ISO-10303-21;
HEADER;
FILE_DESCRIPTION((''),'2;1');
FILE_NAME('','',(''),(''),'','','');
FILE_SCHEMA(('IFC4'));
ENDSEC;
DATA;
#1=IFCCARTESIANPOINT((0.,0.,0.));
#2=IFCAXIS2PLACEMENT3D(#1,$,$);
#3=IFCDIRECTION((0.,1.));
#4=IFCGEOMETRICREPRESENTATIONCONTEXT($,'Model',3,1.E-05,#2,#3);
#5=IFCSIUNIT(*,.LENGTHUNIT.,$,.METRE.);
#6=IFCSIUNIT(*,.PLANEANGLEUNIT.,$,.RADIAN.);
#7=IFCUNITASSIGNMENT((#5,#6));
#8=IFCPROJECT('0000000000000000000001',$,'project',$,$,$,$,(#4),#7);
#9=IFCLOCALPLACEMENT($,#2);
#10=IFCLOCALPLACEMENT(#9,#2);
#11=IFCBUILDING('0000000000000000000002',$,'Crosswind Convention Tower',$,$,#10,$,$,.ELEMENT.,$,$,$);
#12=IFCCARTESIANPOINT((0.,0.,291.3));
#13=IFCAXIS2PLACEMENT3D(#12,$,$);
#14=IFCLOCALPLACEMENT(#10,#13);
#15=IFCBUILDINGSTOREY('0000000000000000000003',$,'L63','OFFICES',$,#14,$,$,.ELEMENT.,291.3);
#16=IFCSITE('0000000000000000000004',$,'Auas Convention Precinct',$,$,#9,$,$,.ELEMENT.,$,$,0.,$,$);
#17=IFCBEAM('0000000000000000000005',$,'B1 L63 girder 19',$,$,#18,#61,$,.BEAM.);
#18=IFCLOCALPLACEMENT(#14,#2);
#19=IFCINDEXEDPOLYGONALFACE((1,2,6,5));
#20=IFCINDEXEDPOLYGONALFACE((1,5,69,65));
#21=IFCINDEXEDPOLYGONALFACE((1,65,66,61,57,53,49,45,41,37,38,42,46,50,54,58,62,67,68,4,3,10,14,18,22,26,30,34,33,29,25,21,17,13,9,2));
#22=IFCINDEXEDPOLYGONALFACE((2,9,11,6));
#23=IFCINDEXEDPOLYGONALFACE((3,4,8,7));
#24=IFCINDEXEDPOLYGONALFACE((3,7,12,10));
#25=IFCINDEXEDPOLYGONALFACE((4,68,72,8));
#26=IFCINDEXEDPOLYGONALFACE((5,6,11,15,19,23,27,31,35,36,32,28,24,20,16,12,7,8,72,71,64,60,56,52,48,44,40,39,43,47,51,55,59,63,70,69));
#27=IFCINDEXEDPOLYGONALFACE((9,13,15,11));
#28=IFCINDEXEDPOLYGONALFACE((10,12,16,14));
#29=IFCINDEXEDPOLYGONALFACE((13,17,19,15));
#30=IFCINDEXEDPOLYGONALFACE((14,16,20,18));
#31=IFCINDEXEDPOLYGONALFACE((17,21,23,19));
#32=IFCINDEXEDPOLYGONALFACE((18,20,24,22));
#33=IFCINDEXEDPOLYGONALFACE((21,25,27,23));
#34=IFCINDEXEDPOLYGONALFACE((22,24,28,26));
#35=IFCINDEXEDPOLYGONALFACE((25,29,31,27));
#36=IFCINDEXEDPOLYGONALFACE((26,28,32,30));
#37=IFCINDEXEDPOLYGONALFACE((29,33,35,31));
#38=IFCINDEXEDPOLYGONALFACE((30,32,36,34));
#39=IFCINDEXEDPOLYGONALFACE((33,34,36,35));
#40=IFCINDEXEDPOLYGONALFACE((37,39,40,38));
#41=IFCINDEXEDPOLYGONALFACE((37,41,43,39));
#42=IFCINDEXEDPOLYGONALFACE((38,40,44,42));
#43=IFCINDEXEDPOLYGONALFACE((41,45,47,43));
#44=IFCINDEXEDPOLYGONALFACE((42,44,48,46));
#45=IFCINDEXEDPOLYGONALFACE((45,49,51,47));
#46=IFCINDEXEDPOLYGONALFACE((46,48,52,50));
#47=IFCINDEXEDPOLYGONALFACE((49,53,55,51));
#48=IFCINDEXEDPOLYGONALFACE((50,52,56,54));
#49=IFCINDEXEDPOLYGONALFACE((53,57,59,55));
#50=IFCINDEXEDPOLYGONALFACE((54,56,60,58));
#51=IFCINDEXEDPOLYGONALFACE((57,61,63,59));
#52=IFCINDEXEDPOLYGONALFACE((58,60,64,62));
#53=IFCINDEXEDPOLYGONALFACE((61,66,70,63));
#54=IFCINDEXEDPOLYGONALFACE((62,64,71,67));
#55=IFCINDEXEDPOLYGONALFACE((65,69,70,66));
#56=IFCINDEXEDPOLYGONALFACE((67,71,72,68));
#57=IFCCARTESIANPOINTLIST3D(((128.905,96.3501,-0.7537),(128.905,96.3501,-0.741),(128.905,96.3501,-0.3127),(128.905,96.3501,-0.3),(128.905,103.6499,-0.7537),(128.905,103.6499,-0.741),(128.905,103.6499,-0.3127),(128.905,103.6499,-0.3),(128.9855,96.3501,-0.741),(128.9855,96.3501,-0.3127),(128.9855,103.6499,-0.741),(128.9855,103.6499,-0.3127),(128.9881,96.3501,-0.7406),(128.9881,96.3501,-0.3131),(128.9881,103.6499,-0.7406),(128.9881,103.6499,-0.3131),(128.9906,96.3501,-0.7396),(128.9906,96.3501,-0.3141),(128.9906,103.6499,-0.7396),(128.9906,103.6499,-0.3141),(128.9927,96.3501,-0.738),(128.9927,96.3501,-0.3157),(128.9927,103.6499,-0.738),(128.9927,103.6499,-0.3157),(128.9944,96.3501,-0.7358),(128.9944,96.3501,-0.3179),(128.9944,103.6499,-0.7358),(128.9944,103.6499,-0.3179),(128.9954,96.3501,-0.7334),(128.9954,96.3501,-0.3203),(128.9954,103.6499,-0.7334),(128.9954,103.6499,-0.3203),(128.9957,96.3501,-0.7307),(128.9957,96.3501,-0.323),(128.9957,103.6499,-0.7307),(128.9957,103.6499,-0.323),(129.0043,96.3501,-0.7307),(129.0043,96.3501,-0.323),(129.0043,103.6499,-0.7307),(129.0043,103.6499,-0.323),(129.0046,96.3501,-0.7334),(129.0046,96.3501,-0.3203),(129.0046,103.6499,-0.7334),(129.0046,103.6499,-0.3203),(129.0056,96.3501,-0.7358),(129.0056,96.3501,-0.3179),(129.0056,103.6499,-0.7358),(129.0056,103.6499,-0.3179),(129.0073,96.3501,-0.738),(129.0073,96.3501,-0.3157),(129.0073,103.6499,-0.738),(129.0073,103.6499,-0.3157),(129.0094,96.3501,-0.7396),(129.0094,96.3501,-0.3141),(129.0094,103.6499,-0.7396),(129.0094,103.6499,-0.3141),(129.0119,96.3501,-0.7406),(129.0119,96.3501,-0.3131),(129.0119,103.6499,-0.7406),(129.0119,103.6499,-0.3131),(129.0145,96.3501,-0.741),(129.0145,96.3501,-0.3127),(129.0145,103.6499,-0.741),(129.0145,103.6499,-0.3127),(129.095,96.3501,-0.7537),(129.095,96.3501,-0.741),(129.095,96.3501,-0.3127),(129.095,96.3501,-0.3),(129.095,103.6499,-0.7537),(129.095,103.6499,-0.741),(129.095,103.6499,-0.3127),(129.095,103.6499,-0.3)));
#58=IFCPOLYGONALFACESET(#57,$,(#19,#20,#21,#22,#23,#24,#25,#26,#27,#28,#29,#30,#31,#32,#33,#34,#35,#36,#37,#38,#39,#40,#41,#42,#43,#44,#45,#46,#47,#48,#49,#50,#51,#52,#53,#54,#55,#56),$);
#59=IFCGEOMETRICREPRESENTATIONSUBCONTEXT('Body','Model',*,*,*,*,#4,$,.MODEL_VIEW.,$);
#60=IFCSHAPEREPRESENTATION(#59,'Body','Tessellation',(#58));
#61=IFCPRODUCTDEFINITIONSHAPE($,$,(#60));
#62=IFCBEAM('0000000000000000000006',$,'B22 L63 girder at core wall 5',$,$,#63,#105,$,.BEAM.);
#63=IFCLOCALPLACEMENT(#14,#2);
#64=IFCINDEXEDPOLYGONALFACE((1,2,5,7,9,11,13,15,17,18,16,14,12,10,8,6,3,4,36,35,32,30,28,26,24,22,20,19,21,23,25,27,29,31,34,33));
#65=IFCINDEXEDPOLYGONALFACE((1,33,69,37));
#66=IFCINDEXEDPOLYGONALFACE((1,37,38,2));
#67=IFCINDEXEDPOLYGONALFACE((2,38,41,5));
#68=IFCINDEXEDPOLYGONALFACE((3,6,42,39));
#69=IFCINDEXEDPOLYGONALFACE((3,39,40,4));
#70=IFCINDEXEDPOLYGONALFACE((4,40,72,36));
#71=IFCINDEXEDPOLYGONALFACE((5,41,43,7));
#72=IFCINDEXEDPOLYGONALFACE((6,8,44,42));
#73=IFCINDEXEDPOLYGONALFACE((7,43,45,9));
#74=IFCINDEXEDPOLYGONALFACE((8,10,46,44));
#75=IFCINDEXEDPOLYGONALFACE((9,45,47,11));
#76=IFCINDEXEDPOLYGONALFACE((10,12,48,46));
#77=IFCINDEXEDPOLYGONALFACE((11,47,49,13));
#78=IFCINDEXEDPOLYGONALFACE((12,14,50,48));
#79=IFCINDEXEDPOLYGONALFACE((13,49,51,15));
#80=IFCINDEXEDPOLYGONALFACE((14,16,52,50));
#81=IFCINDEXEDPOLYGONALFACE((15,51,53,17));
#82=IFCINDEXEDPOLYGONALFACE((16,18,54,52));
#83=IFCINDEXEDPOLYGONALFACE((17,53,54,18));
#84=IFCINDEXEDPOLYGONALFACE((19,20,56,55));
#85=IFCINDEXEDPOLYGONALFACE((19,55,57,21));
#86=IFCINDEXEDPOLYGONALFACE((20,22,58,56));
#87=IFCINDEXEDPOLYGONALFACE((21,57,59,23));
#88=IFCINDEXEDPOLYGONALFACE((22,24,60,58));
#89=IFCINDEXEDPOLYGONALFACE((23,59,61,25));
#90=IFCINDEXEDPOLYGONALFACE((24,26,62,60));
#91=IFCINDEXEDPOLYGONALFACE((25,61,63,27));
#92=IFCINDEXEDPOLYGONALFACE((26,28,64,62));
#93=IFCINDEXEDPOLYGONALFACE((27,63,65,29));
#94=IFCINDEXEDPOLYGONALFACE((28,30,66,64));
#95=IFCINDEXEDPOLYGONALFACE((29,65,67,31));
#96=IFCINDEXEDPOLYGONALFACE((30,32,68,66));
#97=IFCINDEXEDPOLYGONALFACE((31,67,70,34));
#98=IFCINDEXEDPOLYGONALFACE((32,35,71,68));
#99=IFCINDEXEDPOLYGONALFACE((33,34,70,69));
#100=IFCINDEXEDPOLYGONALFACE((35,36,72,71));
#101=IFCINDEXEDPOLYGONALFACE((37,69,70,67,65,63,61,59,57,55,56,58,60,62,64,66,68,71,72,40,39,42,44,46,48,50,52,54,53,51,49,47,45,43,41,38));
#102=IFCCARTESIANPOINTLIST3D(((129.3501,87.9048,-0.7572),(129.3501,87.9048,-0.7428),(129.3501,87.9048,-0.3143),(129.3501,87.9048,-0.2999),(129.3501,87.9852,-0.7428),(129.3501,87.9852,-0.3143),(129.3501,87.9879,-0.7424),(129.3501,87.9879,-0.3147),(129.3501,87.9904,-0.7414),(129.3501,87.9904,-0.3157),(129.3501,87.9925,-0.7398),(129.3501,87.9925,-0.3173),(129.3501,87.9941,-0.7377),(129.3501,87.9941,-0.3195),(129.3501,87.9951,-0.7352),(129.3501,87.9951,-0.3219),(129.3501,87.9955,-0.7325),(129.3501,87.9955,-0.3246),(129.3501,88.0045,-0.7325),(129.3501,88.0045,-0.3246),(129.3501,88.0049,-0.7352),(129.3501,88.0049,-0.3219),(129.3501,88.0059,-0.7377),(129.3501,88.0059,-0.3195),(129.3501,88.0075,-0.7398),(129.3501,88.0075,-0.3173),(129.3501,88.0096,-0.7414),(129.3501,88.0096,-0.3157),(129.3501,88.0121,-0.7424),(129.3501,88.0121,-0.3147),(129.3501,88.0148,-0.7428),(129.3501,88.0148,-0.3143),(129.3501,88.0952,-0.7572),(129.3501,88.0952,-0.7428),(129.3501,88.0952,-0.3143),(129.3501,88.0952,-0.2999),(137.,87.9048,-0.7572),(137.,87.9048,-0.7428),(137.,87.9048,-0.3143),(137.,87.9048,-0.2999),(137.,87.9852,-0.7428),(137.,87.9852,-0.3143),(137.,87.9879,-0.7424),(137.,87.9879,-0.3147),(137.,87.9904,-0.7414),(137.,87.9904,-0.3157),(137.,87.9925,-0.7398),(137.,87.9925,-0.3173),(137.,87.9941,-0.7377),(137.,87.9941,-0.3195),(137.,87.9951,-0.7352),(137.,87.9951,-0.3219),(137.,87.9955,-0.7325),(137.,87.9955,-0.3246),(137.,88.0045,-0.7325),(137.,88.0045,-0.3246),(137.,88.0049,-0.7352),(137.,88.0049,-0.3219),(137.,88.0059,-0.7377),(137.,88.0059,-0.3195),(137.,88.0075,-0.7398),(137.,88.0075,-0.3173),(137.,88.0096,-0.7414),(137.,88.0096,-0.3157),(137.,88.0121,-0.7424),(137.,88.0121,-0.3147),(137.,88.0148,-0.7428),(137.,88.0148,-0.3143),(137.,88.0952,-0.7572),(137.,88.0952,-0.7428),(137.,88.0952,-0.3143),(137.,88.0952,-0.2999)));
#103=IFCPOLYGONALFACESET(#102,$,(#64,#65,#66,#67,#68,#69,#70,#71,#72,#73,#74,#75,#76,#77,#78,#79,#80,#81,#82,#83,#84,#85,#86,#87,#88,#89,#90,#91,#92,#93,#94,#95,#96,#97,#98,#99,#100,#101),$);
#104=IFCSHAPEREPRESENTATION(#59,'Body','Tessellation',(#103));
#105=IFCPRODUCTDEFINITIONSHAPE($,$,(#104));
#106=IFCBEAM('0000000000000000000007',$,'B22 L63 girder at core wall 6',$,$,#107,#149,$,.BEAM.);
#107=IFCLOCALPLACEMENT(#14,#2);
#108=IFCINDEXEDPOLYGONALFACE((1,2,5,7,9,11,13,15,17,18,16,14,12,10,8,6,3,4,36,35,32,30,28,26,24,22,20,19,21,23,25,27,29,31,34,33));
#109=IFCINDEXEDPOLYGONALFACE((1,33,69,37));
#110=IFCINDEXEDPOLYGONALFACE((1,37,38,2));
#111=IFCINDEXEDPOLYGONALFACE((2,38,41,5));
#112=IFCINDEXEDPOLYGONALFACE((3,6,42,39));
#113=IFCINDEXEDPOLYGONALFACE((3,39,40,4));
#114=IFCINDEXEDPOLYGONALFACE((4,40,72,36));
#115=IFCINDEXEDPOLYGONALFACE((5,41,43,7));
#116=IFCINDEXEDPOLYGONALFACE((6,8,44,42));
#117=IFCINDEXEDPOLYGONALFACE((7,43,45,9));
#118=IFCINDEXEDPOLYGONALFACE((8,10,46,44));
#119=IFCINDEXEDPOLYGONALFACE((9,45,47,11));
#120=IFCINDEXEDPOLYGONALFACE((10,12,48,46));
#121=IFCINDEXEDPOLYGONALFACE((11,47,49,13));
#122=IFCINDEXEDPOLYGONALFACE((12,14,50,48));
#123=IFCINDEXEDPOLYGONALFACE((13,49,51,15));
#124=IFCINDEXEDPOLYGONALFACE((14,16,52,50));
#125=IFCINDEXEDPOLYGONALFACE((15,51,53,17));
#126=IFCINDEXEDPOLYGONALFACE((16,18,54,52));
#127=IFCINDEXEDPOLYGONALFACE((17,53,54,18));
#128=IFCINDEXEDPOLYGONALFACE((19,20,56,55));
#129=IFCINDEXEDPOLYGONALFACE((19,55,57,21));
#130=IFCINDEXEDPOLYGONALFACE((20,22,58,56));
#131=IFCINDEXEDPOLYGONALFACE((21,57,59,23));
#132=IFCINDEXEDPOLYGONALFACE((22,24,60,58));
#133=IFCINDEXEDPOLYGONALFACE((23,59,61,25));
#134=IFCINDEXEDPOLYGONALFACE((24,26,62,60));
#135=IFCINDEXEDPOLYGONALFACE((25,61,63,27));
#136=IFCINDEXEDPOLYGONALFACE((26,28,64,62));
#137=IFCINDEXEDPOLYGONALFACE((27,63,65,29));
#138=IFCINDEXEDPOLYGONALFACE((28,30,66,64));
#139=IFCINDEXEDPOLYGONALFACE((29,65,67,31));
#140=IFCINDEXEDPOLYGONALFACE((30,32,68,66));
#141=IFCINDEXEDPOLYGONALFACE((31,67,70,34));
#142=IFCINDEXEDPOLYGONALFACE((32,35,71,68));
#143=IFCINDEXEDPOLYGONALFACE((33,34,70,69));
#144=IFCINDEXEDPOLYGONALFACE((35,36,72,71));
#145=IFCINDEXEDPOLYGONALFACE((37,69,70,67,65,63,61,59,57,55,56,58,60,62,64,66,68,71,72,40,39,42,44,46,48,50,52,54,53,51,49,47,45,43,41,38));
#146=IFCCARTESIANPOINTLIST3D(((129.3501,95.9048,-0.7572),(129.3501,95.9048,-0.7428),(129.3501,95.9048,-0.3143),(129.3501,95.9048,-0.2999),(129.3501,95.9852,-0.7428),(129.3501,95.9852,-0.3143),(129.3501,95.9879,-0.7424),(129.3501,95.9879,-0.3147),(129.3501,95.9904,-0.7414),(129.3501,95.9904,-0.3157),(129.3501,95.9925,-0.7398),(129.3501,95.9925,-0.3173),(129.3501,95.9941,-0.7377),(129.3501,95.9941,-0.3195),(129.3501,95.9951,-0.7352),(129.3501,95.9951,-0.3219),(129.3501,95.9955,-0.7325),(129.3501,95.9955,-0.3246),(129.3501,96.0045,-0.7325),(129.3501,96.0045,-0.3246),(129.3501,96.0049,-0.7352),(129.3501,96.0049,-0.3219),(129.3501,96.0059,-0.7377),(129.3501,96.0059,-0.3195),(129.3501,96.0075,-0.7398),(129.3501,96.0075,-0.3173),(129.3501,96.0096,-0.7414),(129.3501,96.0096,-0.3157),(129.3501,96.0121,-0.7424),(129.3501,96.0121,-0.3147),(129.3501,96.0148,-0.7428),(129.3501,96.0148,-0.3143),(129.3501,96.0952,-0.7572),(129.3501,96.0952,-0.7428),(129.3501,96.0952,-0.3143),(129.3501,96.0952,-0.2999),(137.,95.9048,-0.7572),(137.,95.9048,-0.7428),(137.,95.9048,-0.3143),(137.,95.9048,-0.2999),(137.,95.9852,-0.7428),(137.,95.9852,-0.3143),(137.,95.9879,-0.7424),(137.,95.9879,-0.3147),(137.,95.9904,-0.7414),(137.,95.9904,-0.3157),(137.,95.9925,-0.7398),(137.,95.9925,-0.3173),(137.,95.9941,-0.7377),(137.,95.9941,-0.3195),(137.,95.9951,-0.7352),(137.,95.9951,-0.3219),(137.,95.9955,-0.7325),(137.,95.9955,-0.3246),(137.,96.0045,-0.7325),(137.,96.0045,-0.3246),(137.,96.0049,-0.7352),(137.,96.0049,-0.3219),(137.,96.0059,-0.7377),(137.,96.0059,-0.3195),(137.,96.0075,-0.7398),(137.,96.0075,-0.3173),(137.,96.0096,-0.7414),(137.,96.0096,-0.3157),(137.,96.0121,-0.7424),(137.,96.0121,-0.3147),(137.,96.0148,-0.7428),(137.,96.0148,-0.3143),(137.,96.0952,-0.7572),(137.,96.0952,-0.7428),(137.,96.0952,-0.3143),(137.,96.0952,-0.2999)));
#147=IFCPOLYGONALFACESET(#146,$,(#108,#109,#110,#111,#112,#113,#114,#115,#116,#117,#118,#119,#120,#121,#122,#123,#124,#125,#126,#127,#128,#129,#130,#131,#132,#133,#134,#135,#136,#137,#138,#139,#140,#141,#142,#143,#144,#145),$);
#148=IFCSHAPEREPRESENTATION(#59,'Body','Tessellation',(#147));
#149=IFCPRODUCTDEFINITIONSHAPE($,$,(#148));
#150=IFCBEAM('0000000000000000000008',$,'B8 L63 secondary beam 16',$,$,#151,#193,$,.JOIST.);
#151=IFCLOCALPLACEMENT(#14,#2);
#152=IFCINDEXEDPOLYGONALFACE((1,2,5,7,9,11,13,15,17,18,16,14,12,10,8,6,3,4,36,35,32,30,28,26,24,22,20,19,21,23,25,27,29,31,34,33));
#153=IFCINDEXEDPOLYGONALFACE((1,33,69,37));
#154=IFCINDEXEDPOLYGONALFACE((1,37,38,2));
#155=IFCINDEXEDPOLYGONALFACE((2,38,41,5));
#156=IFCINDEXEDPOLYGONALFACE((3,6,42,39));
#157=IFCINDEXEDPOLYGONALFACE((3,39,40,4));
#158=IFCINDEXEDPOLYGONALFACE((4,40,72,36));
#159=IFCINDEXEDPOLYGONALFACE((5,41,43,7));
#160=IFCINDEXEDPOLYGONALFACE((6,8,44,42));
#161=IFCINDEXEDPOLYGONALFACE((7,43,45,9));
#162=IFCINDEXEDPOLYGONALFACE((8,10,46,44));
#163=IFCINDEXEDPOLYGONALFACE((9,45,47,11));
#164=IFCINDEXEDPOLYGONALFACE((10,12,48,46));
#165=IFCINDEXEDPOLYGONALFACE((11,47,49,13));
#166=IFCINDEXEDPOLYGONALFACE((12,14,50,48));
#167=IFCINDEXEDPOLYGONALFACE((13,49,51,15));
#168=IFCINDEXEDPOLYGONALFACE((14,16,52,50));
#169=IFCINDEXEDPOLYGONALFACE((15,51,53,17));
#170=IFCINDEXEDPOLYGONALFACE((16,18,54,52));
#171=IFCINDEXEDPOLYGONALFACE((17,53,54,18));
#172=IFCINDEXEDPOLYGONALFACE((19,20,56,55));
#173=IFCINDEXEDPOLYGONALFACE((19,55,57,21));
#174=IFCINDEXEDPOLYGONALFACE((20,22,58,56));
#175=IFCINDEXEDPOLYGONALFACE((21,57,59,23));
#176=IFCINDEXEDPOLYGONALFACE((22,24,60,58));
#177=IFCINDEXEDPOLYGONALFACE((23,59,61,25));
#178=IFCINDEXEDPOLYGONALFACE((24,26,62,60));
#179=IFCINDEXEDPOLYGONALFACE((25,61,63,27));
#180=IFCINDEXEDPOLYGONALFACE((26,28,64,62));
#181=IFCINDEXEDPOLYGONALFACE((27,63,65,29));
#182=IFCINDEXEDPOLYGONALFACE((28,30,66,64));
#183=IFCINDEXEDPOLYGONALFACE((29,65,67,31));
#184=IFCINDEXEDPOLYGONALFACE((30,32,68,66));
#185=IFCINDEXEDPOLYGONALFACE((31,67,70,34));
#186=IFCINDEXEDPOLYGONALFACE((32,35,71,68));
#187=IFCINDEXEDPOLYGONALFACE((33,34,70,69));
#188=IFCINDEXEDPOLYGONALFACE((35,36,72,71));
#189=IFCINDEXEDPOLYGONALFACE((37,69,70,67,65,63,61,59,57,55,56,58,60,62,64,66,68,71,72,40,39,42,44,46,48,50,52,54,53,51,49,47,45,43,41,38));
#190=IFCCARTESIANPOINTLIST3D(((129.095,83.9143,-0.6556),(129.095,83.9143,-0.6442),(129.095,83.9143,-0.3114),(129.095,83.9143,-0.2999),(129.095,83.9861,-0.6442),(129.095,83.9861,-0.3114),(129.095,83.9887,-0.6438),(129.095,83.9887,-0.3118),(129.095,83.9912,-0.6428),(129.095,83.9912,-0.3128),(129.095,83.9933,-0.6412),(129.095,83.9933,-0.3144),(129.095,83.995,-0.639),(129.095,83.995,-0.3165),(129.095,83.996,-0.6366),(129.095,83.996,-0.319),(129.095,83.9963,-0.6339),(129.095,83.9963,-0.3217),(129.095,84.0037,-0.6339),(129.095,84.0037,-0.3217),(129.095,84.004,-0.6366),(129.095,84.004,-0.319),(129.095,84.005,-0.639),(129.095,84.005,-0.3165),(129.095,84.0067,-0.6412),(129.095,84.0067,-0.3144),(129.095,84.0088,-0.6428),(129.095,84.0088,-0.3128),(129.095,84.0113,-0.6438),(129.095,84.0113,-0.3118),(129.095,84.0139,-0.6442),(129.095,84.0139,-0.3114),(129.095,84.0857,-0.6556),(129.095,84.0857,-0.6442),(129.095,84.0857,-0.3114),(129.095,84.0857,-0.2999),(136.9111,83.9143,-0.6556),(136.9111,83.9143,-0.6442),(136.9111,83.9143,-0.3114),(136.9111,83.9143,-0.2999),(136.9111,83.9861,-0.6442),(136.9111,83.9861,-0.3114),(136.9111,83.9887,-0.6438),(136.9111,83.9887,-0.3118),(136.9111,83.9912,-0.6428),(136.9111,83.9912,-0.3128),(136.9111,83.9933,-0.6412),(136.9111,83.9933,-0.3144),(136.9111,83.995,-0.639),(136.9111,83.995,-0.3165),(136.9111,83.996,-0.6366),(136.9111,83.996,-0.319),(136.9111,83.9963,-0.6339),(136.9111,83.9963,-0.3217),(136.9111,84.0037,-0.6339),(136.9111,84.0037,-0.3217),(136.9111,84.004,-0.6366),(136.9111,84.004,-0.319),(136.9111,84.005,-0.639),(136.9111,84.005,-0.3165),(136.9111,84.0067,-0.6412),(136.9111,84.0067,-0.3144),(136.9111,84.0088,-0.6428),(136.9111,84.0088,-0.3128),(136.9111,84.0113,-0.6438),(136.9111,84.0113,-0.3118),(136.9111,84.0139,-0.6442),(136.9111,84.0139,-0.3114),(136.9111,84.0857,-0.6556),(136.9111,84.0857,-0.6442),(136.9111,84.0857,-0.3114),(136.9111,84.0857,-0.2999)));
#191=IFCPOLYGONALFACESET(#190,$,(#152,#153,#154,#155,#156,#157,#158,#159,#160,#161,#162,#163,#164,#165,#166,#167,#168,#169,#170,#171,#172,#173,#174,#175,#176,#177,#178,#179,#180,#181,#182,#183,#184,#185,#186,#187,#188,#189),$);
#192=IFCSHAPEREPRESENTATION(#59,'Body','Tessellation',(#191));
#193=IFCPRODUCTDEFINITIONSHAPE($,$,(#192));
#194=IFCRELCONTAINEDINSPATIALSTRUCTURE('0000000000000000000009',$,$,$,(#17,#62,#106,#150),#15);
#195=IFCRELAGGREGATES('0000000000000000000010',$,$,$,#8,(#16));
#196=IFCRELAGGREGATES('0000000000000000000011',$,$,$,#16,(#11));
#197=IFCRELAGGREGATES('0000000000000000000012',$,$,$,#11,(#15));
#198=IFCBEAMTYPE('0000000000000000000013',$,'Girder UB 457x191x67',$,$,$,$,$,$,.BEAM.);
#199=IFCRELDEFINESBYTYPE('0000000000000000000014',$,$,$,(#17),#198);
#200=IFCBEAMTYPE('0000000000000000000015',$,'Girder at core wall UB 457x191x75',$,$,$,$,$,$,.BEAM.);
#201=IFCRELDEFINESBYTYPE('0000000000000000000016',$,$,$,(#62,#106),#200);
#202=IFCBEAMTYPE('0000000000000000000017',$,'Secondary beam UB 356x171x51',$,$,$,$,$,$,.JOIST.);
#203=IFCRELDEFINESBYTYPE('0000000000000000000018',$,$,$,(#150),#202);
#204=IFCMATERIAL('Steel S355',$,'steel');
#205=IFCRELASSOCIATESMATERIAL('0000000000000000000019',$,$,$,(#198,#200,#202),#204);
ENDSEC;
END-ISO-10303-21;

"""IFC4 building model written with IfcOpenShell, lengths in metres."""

from ifc_helpers import new_model, si_unit, direction, frame, origin, origin_2d, place, context, subcontext, project, spatial, i_section, extrude, material, material_profile, profile_set, type_object, element, save


model = new_model("IFC4")

# Units and contexts
model_context = context("Model", 3, precision=1e-05, world=origin(), true_north=direction((0.0, 1.0)))
body_context = subcontext(model_context, "Body", "Model", "MODEL_VIEW")
ifc_project = project(units=[si_unit("LENGTHUNIT", "METRE"), si_unit("PLANEANGLEUNIT", "RADIAN")], contexts=[model_context])

# Site, building, storey
site_placement = place(None, origin())
site = spatial("IfcSite", under=ifc_project, at=site_placement, Name="Auas Convention Precinct", CompositionType="ELEMENT", RefElevation=0.0)
building_placement = place(site_placement, origin())
building = spatial("IfcBuilding", under=site, at=building_placement, Name="Crosswind Convention Tower", CompositionType="ELEMENT")
storey_placement = place(building_placement, frame((0.0, 0.0, 291.3)))
storey = spatial("IfcBuildingStorey", under=building, at=storey_placement, Name="L63", Description="OFFICES", CompositionType="ELEMENT", Elevation=291.3)

# Beams
ifc_material_1 = material(Name="Steel S355", Category="steel")
ifc_material_profile_1 = material_profile(ifc_material_1, i_section(OverallWidth=0.1899, OverallDepth=0.4536, WebThickness=0.0085, FlangeThickness=0.0127, FilletRadius=0.0103, at=origin_2d()), Name="UB 457x191x67")
ifc_profile_set_1 = profile_set([ifc_material_profile_1], Name="Steel S355")
beam_type_1 = type_object("IfcBeamType", Name="Girder UB 457x191x67", PredefinedType="BEAM", material=ifc_profile_set_1)
for number, where, z_axis, x_axis, name in (
    (1, (129.0, 96.3501, -0.5269), (0.0, 1.0, 0.0), (-1.0, 0.0, 0.0), "B1 L63 girder 19"),
):
    element("IfcBeam", number, at=place(storey_placement, frame(where, z_axis=z_axis, x_axis=x_axis)), inside=storey, type_object=beam_type_1, Name=name, PredefinedType="BEAM", context=body_context, shape_type="SweptSolid", body=[
        extrude(i_section(OverallWidth=0.1899, OverallDepth=0.4536, WebThickness=0.0085, FlangeThickness=0.0127, FilletRadius=0.0103, at=origin_2d()), origin(), (0.0, 0.0, 1.0), 7.2998),
    ])
ifc_material_profile_2 = material_profile(ifc_material_1, i_section(OverallWidth=0.1904, OverallDepth=0.4573, WebThickness=0.009, FlangeThickness=0.0144, FilletRadius=0.0103, at=origin_2d()), Name="UB 457x191x75")
ifc_profile_set_2 = profile_set([ifc_material_profile_2], Name="Steel S355")
beam_type_2 = type_object("IfcBeamType", Name="Girder at core wall UB 457x191x75", PredefinedType="BEAM", material=ifc_profile_set_2)
for number, where, z_axis, x_axis, name in (
    (2, (129.3501, 88.0, -0.5286), (1.0, 0.0, 0.0), (0.0, 1.0, 0.0), "B22 L63 girder at core wall 5"),
    (3, (129.3501, 96.0, -0.5286), (1.0, 0.0, 0.0), (0.0, 1.0, 0.0), "B22 L63 girder at core wall 6"),
):
    element("IfcBeam", number, at=place(storey_placement, frame(where, z_axis=z_axis, x_axis=x_axis)), inside=storey, type_object=beam_type_2, Name=name, PredefinedType="BEAM", context=body_context, shape_type="SweptSolid", body=[
        extrude(i_section(OverallWidth=0.1904, OverallDepth=0.4573, WebThickness=0.009, FlangeThickness=0.0144, FilletRadius=0.0103, at=origin_2d()), origin(), (0.0, 0.0, 1.0), 7.6499),
    ])
ifc_material_profile_3 = material_profile(ifc_material_1, i_section(OverallWidth=0.1714, OverallDepth=0.3557, WebThickness=0.0073, FlangeThickness=0.0115, FilletRadius=0.0103, at=origin_2d()), Name="UB 356x171x51")
ifc_profile_set_3 = profile_set([ifc_material_profile_3], Name="Steel S355")
beam_type_3 = type_object("IfcBeamType", Name="Secondary beam UB 356x171x51", PredefinedType="JOIST", material=ifc_profile_set_3)
beam_1_placement = place(storey_placement, frame((129.095, 84.0, -0.4778), z_axis=(1.0, 0.0, 0.0), x_axis=(0.0, 1.0, 0.0)))
element("IfcBeam", 4, at=beam_1_placement, inside=storey, type_object=beam_type_3, Name="B8 L63 secondary beam 16", PredefinedType="JOIST", context=body_context, shape_type="SweptSolid", body=[
    extrude(i_section(OverallWidth=0.1714, OverallDepth=0.3557, WebThickness=0.0073, FlangeThickness=0.0115, FilletRadius=0.0103, at=origin_2d()), origin(), (0.0, 0.0, 1.0), 7.8162),
])

save(model, "model.ifc")
